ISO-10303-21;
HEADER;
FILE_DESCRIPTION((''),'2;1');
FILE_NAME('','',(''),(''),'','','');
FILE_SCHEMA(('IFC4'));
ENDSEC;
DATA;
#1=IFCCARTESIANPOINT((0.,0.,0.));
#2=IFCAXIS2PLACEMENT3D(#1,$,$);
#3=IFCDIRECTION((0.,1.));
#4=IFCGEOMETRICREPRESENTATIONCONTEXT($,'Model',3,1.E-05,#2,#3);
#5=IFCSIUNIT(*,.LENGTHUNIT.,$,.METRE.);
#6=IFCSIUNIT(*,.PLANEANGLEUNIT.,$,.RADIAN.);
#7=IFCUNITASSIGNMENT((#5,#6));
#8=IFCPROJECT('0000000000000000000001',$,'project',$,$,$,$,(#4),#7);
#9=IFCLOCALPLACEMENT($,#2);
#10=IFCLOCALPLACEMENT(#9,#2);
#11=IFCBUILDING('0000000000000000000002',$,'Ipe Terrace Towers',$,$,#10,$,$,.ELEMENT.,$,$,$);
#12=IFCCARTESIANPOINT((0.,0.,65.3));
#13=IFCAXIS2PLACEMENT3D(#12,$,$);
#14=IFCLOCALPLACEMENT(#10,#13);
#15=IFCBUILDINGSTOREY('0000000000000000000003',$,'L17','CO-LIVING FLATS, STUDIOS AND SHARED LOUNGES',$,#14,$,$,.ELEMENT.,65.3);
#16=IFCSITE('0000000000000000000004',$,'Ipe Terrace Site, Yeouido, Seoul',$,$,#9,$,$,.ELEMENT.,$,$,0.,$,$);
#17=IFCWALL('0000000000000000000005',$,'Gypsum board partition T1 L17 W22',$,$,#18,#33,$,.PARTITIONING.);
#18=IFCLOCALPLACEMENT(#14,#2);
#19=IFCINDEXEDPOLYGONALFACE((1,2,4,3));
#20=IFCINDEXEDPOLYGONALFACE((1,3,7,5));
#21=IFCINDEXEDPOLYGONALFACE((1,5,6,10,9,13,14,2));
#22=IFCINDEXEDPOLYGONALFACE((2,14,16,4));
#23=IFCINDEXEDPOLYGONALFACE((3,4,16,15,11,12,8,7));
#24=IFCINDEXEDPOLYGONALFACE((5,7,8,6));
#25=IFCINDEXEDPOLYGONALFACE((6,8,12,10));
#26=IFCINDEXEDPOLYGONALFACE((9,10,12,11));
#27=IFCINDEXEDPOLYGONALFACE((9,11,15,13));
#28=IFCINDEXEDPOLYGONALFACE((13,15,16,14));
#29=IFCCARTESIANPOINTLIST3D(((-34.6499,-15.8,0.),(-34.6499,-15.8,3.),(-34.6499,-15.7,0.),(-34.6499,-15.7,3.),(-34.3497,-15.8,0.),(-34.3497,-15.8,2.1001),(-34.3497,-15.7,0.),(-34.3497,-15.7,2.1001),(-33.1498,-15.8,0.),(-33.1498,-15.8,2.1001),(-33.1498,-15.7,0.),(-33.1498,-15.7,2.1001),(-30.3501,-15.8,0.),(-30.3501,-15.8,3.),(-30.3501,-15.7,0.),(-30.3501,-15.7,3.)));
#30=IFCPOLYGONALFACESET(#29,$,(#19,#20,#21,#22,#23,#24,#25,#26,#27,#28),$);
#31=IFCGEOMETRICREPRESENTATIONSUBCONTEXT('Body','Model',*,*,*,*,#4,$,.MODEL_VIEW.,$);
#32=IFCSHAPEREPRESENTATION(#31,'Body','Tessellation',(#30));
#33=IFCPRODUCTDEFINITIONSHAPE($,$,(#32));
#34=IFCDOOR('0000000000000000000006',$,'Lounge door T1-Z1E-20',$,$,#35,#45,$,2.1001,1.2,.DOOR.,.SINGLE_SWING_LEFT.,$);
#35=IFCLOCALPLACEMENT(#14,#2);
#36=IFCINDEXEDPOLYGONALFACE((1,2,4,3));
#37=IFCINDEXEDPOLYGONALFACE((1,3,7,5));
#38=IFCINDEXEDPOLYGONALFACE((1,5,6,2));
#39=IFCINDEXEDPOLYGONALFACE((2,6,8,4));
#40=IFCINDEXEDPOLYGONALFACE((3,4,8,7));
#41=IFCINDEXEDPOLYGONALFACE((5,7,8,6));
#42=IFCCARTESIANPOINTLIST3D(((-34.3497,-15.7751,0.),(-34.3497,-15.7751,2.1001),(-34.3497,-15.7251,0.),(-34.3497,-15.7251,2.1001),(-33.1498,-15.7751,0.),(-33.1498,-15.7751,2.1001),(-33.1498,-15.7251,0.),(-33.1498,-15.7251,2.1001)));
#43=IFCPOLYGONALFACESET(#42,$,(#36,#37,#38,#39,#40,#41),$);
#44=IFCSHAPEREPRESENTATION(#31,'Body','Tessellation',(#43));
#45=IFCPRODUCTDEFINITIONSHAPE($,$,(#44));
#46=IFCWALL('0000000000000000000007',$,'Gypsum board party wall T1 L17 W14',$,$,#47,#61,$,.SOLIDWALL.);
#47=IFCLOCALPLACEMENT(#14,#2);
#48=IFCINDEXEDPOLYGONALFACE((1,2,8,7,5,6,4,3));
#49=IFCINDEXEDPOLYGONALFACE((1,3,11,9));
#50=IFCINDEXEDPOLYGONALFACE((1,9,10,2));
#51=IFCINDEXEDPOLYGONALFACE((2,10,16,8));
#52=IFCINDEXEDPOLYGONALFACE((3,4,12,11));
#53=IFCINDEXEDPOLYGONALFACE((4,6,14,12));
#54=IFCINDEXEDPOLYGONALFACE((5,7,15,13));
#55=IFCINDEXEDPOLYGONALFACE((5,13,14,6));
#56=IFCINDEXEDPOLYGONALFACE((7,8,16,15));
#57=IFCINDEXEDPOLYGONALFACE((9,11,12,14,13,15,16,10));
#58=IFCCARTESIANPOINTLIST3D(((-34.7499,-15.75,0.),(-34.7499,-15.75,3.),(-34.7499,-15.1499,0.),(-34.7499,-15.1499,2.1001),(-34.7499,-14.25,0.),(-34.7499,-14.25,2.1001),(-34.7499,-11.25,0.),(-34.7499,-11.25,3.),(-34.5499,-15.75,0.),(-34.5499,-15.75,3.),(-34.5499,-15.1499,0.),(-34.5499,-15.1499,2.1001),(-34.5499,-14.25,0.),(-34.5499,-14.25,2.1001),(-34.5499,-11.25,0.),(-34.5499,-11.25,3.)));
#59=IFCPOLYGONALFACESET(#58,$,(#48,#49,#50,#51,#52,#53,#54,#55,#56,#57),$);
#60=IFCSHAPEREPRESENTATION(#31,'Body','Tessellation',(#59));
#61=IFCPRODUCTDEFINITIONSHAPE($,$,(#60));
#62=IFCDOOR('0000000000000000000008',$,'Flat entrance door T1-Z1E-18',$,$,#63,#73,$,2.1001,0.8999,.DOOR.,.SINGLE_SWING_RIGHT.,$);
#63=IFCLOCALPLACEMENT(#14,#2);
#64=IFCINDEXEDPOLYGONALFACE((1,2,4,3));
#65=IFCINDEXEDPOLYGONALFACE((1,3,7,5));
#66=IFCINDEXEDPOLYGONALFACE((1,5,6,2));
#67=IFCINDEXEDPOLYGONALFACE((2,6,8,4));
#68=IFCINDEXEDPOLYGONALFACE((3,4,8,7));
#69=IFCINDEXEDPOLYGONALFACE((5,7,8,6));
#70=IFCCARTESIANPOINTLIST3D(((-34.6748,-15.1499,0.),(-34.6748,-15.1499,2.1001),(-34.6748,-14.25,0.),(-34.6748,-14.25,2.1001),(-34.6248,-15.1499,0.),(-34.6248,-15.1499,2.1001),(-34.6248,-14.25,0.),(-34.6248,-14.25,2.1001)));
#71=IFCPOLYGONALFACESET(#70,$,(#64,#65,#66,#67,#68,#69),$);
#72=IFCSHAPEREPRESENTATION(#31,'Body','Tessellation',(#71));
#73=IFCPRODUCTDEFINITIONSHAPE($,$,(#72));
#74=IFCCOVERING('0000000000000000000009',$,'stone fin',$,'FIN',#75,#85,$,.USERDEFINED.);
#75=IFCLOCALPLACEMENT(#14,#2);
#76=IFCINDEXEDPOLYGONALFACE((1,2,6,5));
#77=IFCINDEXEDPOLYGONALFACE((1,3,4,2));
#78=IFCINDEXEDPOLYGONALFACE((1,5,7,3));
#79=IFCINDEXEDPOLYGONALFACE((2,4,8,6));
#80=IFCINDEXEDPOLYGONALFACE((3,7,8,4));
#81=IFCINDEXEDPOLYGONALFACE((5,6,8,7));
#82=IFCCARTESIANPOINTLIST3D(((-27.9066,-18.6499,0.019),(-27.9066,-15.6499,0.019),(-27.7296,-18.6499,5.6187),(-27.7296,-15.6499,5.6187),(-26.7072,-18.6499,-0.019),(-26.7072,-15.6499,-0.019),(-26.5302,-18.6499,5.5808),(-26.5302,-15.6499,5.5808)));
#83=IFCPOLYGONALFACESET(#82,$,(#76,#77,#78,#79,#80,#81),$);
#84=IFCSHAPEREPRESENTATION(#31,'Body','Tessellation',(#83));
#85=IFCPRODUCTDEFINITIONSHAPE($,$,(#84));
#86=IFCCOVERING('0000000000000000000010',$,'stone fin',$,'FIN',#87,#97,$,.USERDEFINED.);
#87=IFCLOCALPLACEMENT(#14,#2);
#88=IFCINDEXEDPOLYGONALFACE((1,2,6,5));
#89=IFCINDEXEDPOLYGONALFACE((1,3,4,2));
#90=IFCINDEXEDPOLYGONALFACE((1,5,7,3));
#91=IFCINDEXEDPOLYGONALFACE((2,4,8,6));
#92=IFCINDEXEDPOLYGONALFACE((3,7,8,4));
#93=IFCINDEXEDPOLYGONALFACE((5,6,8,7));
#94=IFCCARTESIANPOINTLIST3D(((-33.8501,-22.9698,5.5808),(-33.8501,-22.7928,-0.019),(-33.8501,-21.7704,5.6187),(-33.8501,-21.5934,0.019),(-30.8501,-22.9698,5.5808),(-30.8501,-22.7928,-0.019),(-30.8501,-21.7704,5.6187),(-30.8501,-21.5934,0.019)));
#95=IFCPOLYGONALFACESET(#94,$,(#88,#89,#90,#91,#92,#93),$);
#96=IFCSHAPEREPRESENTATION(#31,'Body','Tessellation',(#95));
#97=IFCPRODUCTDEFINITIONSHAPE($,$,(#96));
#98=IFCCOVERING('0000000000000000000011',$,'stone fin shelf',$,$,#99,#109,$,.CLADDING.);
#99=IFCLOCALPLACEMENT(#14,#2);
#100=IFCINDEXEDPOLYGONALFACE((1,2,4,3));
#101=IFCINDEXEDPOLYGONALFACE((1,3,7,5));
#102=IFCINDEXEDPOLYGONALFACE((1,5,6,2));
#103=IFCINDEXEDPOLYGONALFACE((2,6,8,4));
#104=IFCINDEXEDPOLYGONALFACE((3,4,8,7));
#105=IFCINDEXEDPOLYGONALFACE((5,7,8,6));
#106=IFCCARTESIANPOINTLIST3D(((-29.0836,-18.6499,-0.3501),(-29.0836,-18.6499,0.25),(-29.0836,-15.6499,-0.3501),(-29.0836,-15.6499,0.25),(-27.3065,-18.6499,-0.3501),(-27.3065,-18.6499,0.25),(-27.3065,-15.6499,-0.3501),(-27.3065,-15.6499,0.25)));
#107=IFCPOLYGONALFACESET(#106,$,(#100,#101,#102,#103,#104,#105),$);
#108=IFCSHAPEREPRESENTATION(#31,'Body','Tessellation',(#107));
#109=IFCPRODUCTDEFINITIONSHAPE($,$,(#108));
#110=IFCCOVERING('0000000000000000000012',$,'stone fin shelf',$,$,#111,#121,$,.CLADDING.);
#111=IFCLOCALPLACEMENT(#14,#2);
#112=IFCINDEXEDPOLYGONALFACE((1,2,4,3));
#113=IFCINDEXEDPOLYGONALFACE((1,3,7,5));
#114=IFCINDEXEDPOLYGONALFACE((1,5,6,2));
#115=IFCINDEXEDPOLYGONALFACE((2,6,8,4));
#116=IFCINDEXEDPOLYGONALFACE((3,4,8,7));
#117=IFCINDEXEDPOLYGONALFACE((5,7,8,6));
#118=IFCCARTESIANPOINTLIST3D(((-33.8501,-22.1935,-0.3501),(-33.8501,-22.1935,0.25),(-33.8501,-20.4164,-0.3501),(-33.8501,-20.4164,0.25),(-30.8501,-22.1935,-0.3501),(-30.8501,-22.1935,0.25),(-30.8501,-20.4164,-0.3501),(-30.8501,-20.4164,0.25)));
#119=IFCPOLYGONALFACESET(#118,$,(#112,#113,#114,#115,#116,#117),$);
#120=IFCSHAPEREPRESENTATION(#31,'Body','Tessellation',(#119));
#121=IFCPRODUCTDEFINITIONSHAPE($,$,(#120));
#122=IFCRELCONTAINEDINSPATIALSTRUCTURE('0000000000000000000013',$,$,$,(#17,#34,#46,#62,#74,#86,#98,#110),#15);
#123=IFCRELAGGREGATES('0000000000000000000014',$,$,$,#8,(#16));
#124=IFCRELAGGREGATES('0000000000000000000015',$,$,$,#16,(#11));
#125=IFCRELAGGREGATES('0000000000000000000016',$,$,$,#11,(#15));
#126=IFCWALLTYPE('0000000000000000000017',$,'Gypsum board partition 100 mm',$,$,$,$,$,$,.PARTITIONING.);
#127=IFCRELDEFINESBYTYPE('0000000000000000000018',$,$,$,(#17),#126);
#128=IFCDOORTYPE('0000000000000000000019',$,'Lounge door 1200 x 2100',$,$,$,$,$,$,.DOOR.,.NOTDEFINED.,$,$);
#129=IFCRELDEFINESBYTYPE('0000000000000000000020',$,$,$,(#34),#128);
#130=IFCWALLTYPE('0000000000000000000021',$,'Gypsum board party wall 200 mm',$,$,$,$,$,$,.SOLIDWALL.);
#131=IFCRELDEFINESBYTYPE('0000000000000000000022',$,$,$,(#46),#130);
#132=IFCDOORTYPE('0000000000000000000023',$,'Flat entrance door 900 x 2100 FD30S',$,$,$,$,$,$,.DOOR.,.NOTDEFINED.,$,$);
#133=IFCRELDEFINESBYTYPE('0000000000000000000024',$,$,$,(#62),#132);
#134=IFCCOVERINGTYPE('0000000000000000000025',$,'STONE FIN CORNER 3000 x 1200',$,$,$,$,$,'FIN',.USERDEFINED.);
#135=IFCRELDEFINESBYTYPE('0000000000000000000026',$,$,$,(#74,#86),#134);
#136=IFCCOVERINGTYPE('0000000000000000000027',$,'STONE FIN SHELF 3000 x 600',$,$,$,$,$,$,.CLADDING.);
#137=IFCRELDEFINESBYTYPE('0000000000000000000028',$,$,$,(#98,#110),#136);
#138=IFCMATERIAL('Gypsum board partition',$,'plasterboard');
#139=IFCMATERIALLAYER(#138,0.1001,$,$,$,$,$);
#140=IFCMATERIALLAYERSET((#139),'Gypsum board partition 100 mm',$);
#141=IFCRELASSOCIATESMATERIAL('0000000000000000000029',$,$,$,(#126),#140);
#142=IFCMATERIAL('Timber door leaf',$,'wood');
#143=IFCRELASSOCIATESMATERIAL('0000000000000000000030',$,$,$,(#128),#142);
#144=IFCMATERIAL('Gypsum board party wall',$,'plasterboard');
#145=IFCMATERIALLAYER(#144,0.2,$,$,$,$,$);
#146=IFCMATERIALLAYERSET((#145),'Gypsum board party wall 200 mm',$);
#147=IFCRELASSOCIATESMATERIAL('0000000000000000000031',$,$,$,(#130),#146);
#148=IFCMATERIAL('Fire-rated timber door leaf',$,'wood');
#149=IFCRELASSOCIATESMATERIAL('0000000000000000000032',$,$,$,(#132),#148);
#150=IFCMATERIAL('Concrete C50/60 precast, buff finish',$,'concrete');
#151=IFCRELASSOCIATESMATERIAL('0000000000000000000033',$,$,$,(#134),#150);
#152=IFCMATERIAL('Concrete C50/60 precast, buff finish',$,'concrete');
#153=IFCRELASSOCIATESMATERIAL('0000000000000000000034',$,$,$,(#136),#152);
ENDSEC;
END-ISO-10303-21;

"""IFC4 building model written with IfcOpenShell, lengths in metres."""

from ifc_helpers import new_model, si_unit, direction, frame, frame_2d, origin, origin_2d, place, context, subcontext, project, spatial, rectangle, extrude, material, layer, layer_set, material_profile, profile_set, type_object, element, fill, save


model = new_model("IFC4")

# Units and contexts
model_context = context("Model", 3, precision=1e-05, world=origin(), true_north=direction((0.0, 1.0)))
body_context = subcontext(model_context, "Body", "Model", "MODEL_VIEW")
ifc_project = project(units=[si_unit("LENGTHUNIT", "METRE"), si_unit("PLANEANGLEUNIT", "RADIAN")], contexts=[model_context])

# Site, building, storey
site_placement = place(None, origin())
site = spatial("IfcSite", under=ifc_project, at=site_placement, Name="Ipe Terrace Site, Yeouido, Seoul", CompositionType="ELEMENT", RefElevation=0.0)
building_placement = place(site_placement, origin())
building = spatial("IfcBuilding", under=site, at=building_placement, Name="Ipe Terrace Towers", CompositionType="ELEMENT")
storey_placement = place(building_placement, frame((0.0, 0.0, 65.3)))
storey = spatial("IfcBuildingStorey", under=building, at=storey_placement, Name="L17", Description="CO-LIVING FLATS, STUDIOS AND SHARED LOUNGES", CompositionType="ELEMENT", Elevation=65.3)

# Shared definitions
ifc_material_1 = material(Name="Gypsum board partition", Category="plasterboard")
ifc_layer_1 = layer(ifc_material_1, 0.1001)
ifc_layer_set_1 = layer_set([ifc_layer_1], Name="Gypsum board partition 100 mm")
wall_type_1 = type_object("IfcWallType", Name="Gypsum board partition 100 mm", PredefinedType="PARTITIONING", material=ifc_layer_set_1)

# Walls, openings, doors
wall_1_placement = place(storey_placement, frame((-34.6499, -15.75, 0.0), z_axis=(0.0, 0.0, 1.0), x_axis=(1.0, 0.0, 0.0)))
wall_1 = element("IfcWall", 1, at=wall_1_placement, inside=storey, type_object=wall_type_1, Name="Gypsum board partition T1 L17 W22", PredefinedType="PARTITIONING", context=body_context, shape_type="SweptSolid", body=[
    extrude(rectangle(XDim=4.2998, YDim=0.1001, at=frame_2d((2.1499, 0.0))), origin(), (0.0, 0.0, 1.0), 3.0),
])
opening_1_placement = place(wall_1_placement, frame((0.3, 0.0, 0.0)))
opening_1 = element("IfcOpeningElement", 2, at=opening_1_placement, cuts=wall_1, PredefinedType="OPENING", context=body_context, shape_type="SweptSolid", body=[
    extrude(rectangle(XDim=1.2, YDim=2.1001, at=frame_2d((0.6001, 1.05))), frame((0.0, 0.0601, 0.0), z_axis=(0.0, -1.0, 0.0), x_axis=(1.0, 0.0, 0.0)), (0.0, 0.0, 1.0), 0.1201),
])
ifc_material_2 = material(Name="Timber door leaf", Category="wood")
door_type_1 = type_object("IfcDoorType", Name="Lounge door 1200 x 2100", OperationType="NOTDEFINED", PredefinedType="DOOR", material=ifc_material_2)
door_1_placement = place(opening_1_placement, origin())
door_1 = element("IfcDoor", 3, at=door_1_placement, inside=storey, type_object=door_type_1, Name="Lounge door T1-Z1E-20", OperationType="SINGLE_SWING_LEFT", OverallHeight=2.1001, OverallWidth=1.2, PredefinedType="DOOR", context=body_context, shape_type="SweptSolid", body=[
    extrude(rectangle(XDim=1.2, YDim=2.1001, at=frame_2d((0.6001, 1.05))), frame((0.0, 0.0249, 0.0), z_axis=(0.0, -1.0, 0.0), x_axis=(1.0, 0.0, 0.0)), (0.0, 0.0, 1.0), 0.05),
])
fill(opening_1, door_1)
ifc_material_3 = material(Name="Gypsum board party wall", Category="plasterboard")
ifc_layer_2 = layer(ifc_material_3, 0.2)
ifc_layer_set_2 = layer_set([ifc_layer_2], Name="Gypsum board party wall 200 mm")
wall_type_2 = type_object("IfcWallType", Name="Gypsum board party wall 200 mm", PredefinedType="SOLIDWALL", material=ifc_layer_set_2)
wall_2_placement = place(storey_placement, frame((-34.6499, -15.75, 0.0), z_axis=(0.0, 0.0, 1.0), x_axis=(0.0, 1.0, 0.0)))
wall_2 = element("IfcWall", 4, at=wall_2_placement, inside=storey, type_object=wall_type_2, Name="Gypsum board party wall T1 L17 W14", PredefinedType="SOLIDWALL", context=body_context, shape_type="SweptSolid", body=[
    extrude(rectangle(XDim=4.5, YDim=0.2, at=frame_2d((2.25, 0.0))), origin(), (0.0, 0.0, 1.0), 3.0),
])
opening_2_placement = place(wall_2_placement, frame((0.6001, 0.0, 0.0)))
opening_2 = element("IfcOpeningElement", 5, at=opening_2_placement, cuts=wall_2, PredefinedType="OPENING", context=body_context, shape_type="SweptSolid", body=[
    extrude(rectangle(XDim=0.8999, YDim=2.1001, at=frame_2d((0.45, 1.05))), frame((0.0, 0.1099, 0.0), z_axis=(0.0, -1.0, 0.0), x_axis=(1.0, 0.0, 0.0)), (0.0, 0.0, 1.0), 0.22),
])
ifc_material_4 = material(Name="Fire-rated timber door leaf", Category="wood")
door_type_2 = type_object("IfcDoorType", Name="Flat entrance door 900 x 2100 FD30S", OperationType="NOTDEFINED", PredefinedType="DOOR", material=ifc_material_4)
door_2_placement = place(opening_2_placement, origin())
door_2 = element("IfcDoor", 6, at=door_2_placement, inside=storey, type_object=door_type_2, Name="Flat entrance door T1-Z1E-18", OperationType="SINGLE_SWING_RIGHT", OverallHeight=2.1001, OverallWidth=0.8999, PredefinedType="DOOR", context=body_context, shape_type="SweptSolid", body=[
    extrude(rectangle(XDim=0.8999, YDim=2.1001, at=frame_2d((0.45, 1.05))), frame((0.0, 0.0249, 0.0), z_axis=(0.0, -1.0, 0.0), x_axis=(1.0, 0.0, 0.0)), (0.0, 0.0, 1.0), 0.05),
])
fill(opening_2, door_2)

# Coverings
ifc_material_5 = material(Name="Concrete C50/60 precast, buff finish", Category="concrete")
ifc_material_profile_1 = material_profile(ifc_material_5, rectangle(XDim=3.0, YDim=1.2, at=origin_2d()), Name="STONE FIN CORNER 3000 x 1200")
ifc_profile_set_1 = profile_set([ifc_material_profile_1], Name="Concrete C50/60 precast, buff finish")
covering_type_1 = type_object("IfcCoveringType", Name="STONE FIN CORNER 3000 x 1200", ElementType="FIN", PredefinedType="USERDEFINED", material=ifc_profile_set_1)
for number, where, z_axis, x_axis, name in (
    (7, (-27.3069, -17.1499, 0.0), (0.031593, 0.0, 0.999501), (0.0, 1.0, 0.0), "stone fin"),
    (8, (-32.3501, -22.1931, 0.0), (0.0, -0.031593, 0.999501), (1.0, 0.0, 0.0), "stone fin"),
):
    element("IfcCovering", number, at=place(storey_placement, frame(where, z_axis=z_axis, x_axis=x_axis)), inside=storey, type_object=covering_type_1, Name=name, ObjectType="FIN", PredefinedType="USERDEFINED", context=body_context, shape_type="SweptSolid", body=[
        extrude(rectangle(XDim=3.0, YDim=1.2, at=origin_2d()), origin(), (0.0, 0.0, 1.0), 5.6025),
    ])
ifc_material_6 = material(Name="Concrete C50/60 precast, buff finish", Category="concrete")
covering_type_2 = type_object("IfcCoveringType", Name="STONE FIN SHELF 3000 x 600", PredefinedType="CLADDING", material=ifc_material_6)
for number, where, z_axis, x_axis, name in (
    (9, (-28.1951, -17.1499, -0.3501), (0.0, 0.0, 1.0), (0.0, 1.0, 0.0), "stone fin shelf"),
    (10, (-32.3501, -21.3049, -0.3501), (0.0, 0.0, 1.0), (1.0, 0.0, 0.0), "stone fin shelf"),
):
    element("IfcCovering", number, at=place(storey_placement, frame(where, z_axis=z_axis, x_axis=x_axis)), inside=storey, type_object=covering_type_2, Name=name, PredefinedType="CLADDING", context=body_context, shape_type="SweptSolid", body=[
        extrude(rectangle(XDim=3.0, YDim=1.7771, at=origin_2d()), origin(), (0.0, 0.0, 1.0), 0.6001),
    ])

save(model, "model.ifc")
